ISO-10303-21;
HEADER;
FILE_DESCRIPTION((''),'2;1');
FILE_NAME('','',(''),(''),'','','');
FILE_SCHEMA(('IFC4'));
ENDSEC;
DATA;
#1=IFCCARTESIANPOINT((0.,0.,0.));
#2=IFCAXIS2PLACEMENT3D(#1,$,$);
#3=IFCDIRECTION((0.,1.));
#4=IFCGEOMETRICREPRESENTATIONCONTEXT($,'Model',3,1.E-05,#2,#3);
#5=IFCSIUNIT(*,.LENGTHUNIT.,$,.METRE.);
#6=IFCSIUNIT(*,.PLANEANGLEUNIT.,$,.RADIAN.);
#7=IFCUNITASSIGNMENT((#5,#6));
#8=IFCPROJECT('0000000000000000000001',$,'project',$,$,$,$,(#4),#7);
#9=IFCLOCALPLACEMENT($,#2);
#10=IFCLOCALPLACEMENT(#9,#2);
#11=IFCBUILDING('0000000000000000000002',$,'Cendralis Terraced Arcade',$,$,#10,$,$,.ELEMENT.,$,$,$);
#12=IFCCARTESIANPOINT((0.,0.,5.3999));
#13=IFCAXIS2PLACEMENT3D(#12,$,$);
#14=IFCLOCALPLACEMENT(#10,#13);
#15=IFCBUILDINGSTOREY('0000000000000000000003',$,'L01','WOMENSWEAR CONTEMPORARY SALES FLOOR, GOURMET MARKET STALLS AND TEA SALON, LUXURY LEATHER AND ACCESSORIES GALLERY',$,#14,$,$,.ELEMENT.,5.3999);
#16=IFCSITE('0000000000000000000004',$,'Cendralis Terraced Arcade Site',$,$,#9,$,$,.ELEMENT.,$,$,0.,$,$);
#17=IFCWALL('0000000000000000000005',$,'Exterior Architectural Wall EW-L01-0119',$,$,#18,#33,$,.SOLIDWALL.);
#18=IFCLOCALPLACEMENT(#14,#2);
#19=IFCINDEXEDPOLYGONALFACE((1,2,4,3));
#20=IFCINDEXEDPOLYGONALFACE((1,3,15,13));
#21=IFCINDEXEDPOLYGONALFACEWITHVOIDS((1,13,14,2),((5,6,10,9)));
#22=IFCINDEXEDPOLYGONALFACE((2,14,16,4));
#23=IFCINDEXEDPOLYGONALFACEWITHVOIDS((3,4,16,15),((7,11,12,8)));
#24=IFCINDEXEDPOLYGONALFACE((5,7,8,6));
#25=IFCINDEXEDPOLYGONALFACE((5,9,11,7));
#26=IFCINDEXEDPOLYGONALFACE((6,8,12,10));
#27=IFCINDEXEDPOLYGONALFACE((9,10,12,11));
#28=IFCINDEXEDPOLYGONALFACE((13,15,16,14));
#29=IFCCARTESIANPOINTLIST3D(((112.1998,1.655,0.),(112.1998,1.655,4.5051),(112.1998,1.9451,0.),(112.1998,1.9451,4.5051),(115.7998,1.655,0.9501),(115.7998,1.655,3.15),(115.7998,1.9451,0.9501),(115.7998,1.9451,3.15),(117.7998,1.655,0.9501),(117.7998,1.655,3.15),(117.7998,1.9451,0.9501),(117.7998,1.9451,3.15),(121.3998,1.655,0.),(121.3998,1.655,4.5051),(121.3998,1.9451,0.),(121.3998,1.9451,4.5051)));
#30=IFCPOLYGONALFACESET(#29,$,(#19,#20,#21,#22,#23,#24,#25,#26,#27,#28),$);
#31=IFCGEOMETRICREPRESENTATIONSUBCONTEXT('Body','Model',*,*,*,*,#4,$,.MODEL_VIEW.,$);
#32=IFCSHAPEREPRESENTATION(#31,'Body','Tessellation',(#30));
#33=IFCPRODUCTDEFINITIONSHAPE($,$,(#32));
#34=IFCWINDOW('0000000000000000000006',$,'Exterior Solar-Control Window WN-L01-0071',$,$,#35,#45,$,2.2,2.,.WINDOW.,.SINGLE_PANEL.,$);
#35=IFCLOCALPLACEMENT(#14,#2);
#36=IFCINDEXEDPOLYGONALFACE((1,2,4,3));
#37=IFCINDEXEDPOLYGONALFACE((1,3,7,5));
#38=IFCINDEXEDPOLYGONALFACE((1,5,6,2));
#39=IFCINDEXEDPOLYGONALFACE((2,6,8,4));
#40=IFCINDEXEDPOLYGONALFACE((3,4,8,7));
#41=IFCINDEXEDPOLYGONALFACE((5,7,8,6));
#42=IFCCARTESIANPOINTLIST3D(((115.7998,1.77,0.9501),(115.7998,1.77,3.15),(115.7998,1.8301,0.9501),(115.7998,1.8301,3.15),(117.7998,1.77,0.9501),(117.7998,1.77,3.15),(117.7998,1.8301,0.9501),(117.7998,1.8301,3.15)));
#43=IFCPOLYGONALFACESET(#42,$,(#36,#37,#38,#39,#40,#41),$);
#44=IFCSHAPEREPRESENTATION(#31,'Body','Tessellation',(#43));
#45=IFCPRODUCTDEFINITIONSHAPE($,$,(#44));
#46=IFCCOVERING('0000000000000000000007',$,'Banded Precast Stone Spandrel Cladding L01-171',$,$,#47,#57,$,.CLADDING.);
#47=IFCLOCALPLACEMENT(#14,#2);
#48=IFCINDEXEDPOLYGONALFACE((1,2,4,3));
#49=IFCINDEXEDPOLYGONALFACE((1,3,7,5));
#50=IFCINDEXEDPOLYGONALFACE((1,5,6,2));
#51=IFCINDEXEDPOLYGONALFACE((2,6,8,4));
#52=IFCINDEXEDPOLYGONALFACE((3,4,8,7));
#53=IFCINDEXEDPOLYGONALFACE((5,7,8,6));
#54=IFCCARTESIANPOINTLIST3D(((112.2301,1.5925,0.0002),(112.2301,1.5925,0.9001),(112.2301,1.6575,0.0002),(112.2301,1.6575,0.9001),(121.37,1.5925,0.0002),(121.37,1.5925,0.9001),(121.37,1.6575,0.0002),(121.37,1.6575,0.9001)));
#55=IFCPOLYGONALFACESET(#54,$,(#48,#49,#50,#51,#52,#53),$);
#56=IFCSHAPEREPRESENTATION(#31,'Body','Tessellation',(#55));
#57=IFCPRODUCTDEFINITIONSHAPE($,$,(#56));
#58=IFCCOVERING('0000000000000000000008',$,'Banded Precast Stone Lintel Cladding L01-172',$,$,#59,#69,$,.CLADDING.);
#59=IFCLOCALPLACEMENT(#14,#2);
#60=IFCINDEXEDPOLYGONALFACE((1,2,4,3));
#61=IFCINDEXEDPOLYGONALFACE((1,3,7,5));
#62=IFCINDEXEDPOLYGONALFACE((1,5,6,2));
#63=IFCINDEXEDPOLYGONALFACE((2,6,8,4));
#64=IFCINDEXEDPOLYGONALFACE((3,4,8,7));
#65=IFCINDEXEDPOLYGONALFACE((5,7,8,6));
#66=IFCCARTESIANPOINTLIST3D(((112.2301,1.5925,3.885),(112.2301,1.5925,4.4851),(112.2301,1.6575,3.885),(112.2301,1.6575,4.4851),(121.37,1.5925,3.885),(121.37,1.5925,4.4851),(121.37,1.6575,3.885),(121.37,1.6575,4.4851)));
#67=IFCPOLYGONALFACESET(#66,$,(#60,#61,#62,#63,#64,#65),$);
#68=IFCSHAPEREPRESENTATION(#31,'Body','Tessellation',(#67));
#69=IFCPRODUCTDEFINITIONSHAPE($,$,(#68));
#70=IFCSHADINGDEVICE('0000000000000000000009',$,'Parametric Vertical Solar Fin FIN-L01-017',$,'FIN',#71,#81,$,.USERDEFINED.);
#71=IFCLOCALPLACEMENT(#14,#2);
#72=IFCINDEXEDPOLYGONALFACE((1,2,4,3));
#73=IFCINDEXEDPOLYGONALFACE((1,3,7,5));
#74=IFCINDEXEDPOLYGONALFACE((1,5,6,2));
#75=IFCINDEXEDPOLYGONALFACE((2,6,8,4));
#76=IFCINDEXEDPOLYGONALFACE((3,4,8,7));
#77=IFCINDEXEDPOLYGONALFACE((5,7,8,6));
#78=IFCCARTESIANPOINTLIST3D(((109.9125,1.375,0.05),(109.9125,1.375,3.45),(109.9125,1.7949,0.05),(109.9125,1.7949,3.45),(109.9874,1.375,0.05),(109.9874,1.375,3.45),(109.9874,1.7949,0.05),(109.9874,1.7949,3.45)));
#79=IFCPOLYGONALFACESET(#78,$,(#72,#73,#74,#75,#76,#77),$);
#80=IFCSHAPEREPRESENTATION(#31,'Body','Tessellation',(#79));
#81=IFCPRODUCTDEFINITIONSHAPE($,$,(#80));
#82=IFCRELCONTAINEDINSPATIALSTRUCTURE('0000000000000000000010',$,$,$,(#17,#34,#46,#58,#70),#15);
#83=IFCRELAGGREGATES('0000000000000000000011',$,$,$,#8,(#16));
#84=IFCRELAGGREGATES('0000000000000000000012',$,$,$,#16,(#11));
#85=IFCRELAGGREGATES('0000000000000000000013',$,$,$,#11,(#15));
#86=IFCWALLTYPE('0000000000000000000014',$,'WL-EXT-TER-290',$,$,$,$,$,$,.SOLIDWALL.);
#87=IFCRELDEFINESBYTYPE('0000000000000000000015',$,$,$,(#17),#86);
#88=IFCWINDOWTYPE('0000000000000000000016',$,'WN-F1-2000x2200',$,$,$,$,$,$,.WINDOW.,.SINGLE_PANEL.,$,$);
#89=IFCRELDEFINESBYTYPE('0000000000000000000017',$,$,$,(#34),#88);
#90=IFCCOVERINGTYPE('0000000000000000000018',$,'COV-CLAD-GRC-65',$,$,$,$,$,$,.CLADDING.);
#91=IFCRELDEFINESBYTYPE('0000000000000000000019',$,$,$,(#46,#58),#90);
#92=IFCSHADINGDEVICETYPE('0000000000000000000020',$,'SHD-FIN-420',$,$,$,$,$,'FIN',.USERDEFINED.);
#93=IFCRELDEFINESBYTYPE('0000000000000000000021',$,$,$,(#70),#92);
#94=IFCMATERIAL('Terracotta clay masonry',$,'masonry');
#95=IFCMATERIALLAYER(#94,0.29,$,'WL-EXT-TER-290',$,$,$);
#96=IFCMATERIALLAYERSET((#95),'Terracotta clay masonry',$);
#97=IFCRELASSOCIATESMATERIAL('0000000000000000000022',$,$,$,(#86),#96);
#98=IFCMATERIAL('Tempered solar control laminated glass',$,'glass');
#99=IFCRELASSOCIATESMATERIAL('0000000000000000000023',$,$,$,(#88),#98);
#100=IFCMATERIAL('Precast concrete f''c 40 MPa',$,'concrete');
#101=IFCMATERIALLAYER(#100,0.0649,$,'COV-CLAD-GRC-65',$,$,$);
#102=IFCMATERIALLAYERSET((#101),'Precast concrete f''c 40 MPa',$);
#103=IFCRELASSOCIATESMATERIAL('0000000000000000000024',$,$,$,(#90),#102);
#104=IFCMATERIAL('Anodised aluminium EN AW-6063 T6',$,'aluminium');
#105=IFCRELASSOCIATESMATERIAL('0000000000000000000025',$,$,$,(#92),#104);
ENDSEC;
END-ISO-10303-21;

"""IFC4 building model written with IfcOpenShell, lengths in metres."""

from ifc_helpers import new_model, si_unit, direction, frame, frame_2d, origin, origin_2d, place, context, subcontext, project, spatial, rectangle, extrude, material, layer, layer_set, type_object, element, fill, save


model = new_model("IFC4")

# Units and contexts
model_context = context("Model", 3, precision=1e-05, world=origin(), true_north=direction((0.0, 1.0)))
body_context = subcontext(model_context, "Body", "Model", "MODEL_VIEW")
ifc_project = project(units=[si_unit("LENGTHUNIT", "METRE"), si_unit("PLANEANGLEUNIT", "RADIAN")], contexts=[model_context])

# Site, building, storey
site_placement = place(None, origin())
site = spatial("IfcSite", under=ifc_project, at=site_placement, Name="Cendralis Terraced Arcade Site", CompositionType="ELEMENT", RefElevation=0.0)
building_placement = place(site_placement, origin())
building = spatial("IfcBuilding", under=site, at=building_placement, Name="Cendralis Terraced Arcade", CompositionType="ELEMENT")
storey_placement = place(building_placement, frame((0.0, 0.0, 5.3999)))
storey = spatial("IfcBuildingStorey", under=building, at=storey_placement, Name="L01", Description="WOMENSWEAR CONTEMPORARY SALES FLOOR, GOURMET MARKET STALLS AND TEA SALON, LUXURY LEATHER AND ACCESSORIES GALLERY", CompositionType="ELEMENT", Elevation=5.3999)

# Shared definitions
ifc_material_1 = material(Name="Anodised aluminium EN AW-6063 T6", Category="aluminium")

# Shared definitions
ifc_material_2 = material(Name="Tempered solar control laminated glass", Category="glass")

# Wall, opening, window
ifc_material_3 = material(Name="Terracotta clay masonry", Category="masonry")
ifc_layer_1 = layer(ifc_material_3, 0.29, Name="WL-EXT-TER-290")
ifc_layer_set_1 = layer_set([ifc_layer_1], Name="Terracotta clay masonry")
wall_type = type_object("IfcWallType", Name="WL-EXT-TER-290", PredefinedType="SOLIDWALL", material=ifc_layer_set_1)
wall_placement = place(storey_placement, frame((121.3999, 1.8, 0.0), z_axis=(0.0, 0.0, 1.0), x_axis=(-1.0, 0.0, 0.0)))
wall = element("IfcWall", 1, at=wall_placement, inside=storey, type_object=wall_type, Name="Exterior Architectural Wall EW-L01-0119", PredefinedType="SOLIDWALL", context=body_context, shape_type="SweptSolid", body=[
    extrude(rectangle(XDim=9.2, YDim=0.29, at=frame_2d((4.6001, 0.0))), origin(), (0.0, 0.0, 1.0), 4.5051),
])
opening_placement = place(wall_placement, frame((3.6001, 0.0, 0.95)))
opening = element("IfcOpeningElement", 2, at=opening_placement, cuts=wall, PredefinedType="OPENING", context=body_context, shape_type="SweptSolid", body=[
    extrude(rectangle(XDim=2.0, YDim=2.2, at=frame_2d((1.0, 1.1001))), frame((0.0, 0.157, 0.0), z_axis=(0.0, -1.0, 0.0), x_axis=(1.0, 0.0, 0.0)), (0.0, 0.0, 1.0), 0.314),
])
window_type = type_object("IfcWindowType", Name="WN-F1-2000x2200", PartitioningType="SINGLE_PANEL", PredefinedType="WINDOW", material=ifc_material_2)
window_placement = place(opening_placement, origin())
window = element("IfcWindow", 3, at=window_placement, inside=storey, type_object=window_type, Name="Exterior Solar-Control Window WN-L01-0071", OverallHeight=2.2, OverallWidth=2.0, PartitioningType="SINGLE_PANEL", PredefinedType="WINDOW", context=body_context, shape_type="SweptSolid", body=[
    extrude(rectangle(XDim=2.0, YDim=2.2, at=frame_2d((1.0, 1.1001))), frame((0.0, 0.03, 0.0), z_axis=(0.0, -1.0, 0.0), x_axis=(1.0, 0.0, 0.0)), (0.0, 0.0, 1.0), 0.0601),
])
fill(opening, window)

# Coverings
ifc_material_4 = material(Name="Precast concrete f'c 40 MPa", Category="concrete")
ifc_layer_2 = layer(ifc_material_4, 0.0649, Name="COV-CLAD-GRC-65")
ifc_layer_set_2 = layer_set([ifc_layer_2], Name="Precast concrete f'c 40 MPa")
covering_type = type_object("IfcCoveringType", Name="COV-CLAD-GRC-65", PredefinedType="CLADDING", material=ifc_layer_set_2)
covering_1_placement = place(storey_placement, frame((116.8, 1.625, 0.0002), z_axis=(0.0, 0.0, 1.0), x_axis=(-1.0, 0.0, 0.0)))
element("IfcCovering", 4, at=covering_1_placement, inside=storey, type_object=covering_type, Name="Banded Precast Stone Spandrel Cladding L01-171", PredefinedType="CLADDING", context=body_context, shape_type="SweptSolid", body=[
    extrude(rectangle(XDim=9.1399, YDim=0.0649, at=origin_2d()), origin(), (0.0, 0.0, 1.0), 0.8999),
])
covering_2_placement = place(storey_placement, frame((116.8, 1.625, 3.885), z_axis=(0.0, 0.0, 1.0), x_axis=(-1.0, 0.0, 0.0)))
element("IfcCovering", 5, at=covering_2_placement, inside=storey, type_object=covering_type, Name="Banded Precast Stone Lintel Cladding L01-172", PredefinedType="CLADDING", context=body_context, shape_type="SweptSolid", body=[
    extrude(rectangle(XDim=9.1399, YDim=0.0649, at=origin_2d()), origin(), (0.0, 0.0, 1.0), 0.6001),
])

# Shading device
shading_device_type = type_object("IfcShadingDeviceType", Name="SHD-FIN-420", ElementType="FIN", PredefinedType="USERDEFINED", material=ifc_material_1)
shading_device_placement = place(storey_placement, frame((109.95, 1.585, 0.05), z_axis=(0.0, 0.0, 1.0), x_axis=(-1.0, 0.0, 0.0)))
element("IfcShadingDevice", 6, at=shading_device_placement, inside=storey, type_object=shading_device_type, Name="Parametric Vertical Solar Fin FIN-L01-017", ObjectType="FIN", PredefinedType="USERDEFINED", context=body_context, shape_type="SweptSolid", body=[
    extrude(rectangle(XDim=0.075, YDim=0.4199, at=origin_2d()), origin(), (0.0, 0.0, 1.0), 3.3999),
])

save(model, "model.ifc")
